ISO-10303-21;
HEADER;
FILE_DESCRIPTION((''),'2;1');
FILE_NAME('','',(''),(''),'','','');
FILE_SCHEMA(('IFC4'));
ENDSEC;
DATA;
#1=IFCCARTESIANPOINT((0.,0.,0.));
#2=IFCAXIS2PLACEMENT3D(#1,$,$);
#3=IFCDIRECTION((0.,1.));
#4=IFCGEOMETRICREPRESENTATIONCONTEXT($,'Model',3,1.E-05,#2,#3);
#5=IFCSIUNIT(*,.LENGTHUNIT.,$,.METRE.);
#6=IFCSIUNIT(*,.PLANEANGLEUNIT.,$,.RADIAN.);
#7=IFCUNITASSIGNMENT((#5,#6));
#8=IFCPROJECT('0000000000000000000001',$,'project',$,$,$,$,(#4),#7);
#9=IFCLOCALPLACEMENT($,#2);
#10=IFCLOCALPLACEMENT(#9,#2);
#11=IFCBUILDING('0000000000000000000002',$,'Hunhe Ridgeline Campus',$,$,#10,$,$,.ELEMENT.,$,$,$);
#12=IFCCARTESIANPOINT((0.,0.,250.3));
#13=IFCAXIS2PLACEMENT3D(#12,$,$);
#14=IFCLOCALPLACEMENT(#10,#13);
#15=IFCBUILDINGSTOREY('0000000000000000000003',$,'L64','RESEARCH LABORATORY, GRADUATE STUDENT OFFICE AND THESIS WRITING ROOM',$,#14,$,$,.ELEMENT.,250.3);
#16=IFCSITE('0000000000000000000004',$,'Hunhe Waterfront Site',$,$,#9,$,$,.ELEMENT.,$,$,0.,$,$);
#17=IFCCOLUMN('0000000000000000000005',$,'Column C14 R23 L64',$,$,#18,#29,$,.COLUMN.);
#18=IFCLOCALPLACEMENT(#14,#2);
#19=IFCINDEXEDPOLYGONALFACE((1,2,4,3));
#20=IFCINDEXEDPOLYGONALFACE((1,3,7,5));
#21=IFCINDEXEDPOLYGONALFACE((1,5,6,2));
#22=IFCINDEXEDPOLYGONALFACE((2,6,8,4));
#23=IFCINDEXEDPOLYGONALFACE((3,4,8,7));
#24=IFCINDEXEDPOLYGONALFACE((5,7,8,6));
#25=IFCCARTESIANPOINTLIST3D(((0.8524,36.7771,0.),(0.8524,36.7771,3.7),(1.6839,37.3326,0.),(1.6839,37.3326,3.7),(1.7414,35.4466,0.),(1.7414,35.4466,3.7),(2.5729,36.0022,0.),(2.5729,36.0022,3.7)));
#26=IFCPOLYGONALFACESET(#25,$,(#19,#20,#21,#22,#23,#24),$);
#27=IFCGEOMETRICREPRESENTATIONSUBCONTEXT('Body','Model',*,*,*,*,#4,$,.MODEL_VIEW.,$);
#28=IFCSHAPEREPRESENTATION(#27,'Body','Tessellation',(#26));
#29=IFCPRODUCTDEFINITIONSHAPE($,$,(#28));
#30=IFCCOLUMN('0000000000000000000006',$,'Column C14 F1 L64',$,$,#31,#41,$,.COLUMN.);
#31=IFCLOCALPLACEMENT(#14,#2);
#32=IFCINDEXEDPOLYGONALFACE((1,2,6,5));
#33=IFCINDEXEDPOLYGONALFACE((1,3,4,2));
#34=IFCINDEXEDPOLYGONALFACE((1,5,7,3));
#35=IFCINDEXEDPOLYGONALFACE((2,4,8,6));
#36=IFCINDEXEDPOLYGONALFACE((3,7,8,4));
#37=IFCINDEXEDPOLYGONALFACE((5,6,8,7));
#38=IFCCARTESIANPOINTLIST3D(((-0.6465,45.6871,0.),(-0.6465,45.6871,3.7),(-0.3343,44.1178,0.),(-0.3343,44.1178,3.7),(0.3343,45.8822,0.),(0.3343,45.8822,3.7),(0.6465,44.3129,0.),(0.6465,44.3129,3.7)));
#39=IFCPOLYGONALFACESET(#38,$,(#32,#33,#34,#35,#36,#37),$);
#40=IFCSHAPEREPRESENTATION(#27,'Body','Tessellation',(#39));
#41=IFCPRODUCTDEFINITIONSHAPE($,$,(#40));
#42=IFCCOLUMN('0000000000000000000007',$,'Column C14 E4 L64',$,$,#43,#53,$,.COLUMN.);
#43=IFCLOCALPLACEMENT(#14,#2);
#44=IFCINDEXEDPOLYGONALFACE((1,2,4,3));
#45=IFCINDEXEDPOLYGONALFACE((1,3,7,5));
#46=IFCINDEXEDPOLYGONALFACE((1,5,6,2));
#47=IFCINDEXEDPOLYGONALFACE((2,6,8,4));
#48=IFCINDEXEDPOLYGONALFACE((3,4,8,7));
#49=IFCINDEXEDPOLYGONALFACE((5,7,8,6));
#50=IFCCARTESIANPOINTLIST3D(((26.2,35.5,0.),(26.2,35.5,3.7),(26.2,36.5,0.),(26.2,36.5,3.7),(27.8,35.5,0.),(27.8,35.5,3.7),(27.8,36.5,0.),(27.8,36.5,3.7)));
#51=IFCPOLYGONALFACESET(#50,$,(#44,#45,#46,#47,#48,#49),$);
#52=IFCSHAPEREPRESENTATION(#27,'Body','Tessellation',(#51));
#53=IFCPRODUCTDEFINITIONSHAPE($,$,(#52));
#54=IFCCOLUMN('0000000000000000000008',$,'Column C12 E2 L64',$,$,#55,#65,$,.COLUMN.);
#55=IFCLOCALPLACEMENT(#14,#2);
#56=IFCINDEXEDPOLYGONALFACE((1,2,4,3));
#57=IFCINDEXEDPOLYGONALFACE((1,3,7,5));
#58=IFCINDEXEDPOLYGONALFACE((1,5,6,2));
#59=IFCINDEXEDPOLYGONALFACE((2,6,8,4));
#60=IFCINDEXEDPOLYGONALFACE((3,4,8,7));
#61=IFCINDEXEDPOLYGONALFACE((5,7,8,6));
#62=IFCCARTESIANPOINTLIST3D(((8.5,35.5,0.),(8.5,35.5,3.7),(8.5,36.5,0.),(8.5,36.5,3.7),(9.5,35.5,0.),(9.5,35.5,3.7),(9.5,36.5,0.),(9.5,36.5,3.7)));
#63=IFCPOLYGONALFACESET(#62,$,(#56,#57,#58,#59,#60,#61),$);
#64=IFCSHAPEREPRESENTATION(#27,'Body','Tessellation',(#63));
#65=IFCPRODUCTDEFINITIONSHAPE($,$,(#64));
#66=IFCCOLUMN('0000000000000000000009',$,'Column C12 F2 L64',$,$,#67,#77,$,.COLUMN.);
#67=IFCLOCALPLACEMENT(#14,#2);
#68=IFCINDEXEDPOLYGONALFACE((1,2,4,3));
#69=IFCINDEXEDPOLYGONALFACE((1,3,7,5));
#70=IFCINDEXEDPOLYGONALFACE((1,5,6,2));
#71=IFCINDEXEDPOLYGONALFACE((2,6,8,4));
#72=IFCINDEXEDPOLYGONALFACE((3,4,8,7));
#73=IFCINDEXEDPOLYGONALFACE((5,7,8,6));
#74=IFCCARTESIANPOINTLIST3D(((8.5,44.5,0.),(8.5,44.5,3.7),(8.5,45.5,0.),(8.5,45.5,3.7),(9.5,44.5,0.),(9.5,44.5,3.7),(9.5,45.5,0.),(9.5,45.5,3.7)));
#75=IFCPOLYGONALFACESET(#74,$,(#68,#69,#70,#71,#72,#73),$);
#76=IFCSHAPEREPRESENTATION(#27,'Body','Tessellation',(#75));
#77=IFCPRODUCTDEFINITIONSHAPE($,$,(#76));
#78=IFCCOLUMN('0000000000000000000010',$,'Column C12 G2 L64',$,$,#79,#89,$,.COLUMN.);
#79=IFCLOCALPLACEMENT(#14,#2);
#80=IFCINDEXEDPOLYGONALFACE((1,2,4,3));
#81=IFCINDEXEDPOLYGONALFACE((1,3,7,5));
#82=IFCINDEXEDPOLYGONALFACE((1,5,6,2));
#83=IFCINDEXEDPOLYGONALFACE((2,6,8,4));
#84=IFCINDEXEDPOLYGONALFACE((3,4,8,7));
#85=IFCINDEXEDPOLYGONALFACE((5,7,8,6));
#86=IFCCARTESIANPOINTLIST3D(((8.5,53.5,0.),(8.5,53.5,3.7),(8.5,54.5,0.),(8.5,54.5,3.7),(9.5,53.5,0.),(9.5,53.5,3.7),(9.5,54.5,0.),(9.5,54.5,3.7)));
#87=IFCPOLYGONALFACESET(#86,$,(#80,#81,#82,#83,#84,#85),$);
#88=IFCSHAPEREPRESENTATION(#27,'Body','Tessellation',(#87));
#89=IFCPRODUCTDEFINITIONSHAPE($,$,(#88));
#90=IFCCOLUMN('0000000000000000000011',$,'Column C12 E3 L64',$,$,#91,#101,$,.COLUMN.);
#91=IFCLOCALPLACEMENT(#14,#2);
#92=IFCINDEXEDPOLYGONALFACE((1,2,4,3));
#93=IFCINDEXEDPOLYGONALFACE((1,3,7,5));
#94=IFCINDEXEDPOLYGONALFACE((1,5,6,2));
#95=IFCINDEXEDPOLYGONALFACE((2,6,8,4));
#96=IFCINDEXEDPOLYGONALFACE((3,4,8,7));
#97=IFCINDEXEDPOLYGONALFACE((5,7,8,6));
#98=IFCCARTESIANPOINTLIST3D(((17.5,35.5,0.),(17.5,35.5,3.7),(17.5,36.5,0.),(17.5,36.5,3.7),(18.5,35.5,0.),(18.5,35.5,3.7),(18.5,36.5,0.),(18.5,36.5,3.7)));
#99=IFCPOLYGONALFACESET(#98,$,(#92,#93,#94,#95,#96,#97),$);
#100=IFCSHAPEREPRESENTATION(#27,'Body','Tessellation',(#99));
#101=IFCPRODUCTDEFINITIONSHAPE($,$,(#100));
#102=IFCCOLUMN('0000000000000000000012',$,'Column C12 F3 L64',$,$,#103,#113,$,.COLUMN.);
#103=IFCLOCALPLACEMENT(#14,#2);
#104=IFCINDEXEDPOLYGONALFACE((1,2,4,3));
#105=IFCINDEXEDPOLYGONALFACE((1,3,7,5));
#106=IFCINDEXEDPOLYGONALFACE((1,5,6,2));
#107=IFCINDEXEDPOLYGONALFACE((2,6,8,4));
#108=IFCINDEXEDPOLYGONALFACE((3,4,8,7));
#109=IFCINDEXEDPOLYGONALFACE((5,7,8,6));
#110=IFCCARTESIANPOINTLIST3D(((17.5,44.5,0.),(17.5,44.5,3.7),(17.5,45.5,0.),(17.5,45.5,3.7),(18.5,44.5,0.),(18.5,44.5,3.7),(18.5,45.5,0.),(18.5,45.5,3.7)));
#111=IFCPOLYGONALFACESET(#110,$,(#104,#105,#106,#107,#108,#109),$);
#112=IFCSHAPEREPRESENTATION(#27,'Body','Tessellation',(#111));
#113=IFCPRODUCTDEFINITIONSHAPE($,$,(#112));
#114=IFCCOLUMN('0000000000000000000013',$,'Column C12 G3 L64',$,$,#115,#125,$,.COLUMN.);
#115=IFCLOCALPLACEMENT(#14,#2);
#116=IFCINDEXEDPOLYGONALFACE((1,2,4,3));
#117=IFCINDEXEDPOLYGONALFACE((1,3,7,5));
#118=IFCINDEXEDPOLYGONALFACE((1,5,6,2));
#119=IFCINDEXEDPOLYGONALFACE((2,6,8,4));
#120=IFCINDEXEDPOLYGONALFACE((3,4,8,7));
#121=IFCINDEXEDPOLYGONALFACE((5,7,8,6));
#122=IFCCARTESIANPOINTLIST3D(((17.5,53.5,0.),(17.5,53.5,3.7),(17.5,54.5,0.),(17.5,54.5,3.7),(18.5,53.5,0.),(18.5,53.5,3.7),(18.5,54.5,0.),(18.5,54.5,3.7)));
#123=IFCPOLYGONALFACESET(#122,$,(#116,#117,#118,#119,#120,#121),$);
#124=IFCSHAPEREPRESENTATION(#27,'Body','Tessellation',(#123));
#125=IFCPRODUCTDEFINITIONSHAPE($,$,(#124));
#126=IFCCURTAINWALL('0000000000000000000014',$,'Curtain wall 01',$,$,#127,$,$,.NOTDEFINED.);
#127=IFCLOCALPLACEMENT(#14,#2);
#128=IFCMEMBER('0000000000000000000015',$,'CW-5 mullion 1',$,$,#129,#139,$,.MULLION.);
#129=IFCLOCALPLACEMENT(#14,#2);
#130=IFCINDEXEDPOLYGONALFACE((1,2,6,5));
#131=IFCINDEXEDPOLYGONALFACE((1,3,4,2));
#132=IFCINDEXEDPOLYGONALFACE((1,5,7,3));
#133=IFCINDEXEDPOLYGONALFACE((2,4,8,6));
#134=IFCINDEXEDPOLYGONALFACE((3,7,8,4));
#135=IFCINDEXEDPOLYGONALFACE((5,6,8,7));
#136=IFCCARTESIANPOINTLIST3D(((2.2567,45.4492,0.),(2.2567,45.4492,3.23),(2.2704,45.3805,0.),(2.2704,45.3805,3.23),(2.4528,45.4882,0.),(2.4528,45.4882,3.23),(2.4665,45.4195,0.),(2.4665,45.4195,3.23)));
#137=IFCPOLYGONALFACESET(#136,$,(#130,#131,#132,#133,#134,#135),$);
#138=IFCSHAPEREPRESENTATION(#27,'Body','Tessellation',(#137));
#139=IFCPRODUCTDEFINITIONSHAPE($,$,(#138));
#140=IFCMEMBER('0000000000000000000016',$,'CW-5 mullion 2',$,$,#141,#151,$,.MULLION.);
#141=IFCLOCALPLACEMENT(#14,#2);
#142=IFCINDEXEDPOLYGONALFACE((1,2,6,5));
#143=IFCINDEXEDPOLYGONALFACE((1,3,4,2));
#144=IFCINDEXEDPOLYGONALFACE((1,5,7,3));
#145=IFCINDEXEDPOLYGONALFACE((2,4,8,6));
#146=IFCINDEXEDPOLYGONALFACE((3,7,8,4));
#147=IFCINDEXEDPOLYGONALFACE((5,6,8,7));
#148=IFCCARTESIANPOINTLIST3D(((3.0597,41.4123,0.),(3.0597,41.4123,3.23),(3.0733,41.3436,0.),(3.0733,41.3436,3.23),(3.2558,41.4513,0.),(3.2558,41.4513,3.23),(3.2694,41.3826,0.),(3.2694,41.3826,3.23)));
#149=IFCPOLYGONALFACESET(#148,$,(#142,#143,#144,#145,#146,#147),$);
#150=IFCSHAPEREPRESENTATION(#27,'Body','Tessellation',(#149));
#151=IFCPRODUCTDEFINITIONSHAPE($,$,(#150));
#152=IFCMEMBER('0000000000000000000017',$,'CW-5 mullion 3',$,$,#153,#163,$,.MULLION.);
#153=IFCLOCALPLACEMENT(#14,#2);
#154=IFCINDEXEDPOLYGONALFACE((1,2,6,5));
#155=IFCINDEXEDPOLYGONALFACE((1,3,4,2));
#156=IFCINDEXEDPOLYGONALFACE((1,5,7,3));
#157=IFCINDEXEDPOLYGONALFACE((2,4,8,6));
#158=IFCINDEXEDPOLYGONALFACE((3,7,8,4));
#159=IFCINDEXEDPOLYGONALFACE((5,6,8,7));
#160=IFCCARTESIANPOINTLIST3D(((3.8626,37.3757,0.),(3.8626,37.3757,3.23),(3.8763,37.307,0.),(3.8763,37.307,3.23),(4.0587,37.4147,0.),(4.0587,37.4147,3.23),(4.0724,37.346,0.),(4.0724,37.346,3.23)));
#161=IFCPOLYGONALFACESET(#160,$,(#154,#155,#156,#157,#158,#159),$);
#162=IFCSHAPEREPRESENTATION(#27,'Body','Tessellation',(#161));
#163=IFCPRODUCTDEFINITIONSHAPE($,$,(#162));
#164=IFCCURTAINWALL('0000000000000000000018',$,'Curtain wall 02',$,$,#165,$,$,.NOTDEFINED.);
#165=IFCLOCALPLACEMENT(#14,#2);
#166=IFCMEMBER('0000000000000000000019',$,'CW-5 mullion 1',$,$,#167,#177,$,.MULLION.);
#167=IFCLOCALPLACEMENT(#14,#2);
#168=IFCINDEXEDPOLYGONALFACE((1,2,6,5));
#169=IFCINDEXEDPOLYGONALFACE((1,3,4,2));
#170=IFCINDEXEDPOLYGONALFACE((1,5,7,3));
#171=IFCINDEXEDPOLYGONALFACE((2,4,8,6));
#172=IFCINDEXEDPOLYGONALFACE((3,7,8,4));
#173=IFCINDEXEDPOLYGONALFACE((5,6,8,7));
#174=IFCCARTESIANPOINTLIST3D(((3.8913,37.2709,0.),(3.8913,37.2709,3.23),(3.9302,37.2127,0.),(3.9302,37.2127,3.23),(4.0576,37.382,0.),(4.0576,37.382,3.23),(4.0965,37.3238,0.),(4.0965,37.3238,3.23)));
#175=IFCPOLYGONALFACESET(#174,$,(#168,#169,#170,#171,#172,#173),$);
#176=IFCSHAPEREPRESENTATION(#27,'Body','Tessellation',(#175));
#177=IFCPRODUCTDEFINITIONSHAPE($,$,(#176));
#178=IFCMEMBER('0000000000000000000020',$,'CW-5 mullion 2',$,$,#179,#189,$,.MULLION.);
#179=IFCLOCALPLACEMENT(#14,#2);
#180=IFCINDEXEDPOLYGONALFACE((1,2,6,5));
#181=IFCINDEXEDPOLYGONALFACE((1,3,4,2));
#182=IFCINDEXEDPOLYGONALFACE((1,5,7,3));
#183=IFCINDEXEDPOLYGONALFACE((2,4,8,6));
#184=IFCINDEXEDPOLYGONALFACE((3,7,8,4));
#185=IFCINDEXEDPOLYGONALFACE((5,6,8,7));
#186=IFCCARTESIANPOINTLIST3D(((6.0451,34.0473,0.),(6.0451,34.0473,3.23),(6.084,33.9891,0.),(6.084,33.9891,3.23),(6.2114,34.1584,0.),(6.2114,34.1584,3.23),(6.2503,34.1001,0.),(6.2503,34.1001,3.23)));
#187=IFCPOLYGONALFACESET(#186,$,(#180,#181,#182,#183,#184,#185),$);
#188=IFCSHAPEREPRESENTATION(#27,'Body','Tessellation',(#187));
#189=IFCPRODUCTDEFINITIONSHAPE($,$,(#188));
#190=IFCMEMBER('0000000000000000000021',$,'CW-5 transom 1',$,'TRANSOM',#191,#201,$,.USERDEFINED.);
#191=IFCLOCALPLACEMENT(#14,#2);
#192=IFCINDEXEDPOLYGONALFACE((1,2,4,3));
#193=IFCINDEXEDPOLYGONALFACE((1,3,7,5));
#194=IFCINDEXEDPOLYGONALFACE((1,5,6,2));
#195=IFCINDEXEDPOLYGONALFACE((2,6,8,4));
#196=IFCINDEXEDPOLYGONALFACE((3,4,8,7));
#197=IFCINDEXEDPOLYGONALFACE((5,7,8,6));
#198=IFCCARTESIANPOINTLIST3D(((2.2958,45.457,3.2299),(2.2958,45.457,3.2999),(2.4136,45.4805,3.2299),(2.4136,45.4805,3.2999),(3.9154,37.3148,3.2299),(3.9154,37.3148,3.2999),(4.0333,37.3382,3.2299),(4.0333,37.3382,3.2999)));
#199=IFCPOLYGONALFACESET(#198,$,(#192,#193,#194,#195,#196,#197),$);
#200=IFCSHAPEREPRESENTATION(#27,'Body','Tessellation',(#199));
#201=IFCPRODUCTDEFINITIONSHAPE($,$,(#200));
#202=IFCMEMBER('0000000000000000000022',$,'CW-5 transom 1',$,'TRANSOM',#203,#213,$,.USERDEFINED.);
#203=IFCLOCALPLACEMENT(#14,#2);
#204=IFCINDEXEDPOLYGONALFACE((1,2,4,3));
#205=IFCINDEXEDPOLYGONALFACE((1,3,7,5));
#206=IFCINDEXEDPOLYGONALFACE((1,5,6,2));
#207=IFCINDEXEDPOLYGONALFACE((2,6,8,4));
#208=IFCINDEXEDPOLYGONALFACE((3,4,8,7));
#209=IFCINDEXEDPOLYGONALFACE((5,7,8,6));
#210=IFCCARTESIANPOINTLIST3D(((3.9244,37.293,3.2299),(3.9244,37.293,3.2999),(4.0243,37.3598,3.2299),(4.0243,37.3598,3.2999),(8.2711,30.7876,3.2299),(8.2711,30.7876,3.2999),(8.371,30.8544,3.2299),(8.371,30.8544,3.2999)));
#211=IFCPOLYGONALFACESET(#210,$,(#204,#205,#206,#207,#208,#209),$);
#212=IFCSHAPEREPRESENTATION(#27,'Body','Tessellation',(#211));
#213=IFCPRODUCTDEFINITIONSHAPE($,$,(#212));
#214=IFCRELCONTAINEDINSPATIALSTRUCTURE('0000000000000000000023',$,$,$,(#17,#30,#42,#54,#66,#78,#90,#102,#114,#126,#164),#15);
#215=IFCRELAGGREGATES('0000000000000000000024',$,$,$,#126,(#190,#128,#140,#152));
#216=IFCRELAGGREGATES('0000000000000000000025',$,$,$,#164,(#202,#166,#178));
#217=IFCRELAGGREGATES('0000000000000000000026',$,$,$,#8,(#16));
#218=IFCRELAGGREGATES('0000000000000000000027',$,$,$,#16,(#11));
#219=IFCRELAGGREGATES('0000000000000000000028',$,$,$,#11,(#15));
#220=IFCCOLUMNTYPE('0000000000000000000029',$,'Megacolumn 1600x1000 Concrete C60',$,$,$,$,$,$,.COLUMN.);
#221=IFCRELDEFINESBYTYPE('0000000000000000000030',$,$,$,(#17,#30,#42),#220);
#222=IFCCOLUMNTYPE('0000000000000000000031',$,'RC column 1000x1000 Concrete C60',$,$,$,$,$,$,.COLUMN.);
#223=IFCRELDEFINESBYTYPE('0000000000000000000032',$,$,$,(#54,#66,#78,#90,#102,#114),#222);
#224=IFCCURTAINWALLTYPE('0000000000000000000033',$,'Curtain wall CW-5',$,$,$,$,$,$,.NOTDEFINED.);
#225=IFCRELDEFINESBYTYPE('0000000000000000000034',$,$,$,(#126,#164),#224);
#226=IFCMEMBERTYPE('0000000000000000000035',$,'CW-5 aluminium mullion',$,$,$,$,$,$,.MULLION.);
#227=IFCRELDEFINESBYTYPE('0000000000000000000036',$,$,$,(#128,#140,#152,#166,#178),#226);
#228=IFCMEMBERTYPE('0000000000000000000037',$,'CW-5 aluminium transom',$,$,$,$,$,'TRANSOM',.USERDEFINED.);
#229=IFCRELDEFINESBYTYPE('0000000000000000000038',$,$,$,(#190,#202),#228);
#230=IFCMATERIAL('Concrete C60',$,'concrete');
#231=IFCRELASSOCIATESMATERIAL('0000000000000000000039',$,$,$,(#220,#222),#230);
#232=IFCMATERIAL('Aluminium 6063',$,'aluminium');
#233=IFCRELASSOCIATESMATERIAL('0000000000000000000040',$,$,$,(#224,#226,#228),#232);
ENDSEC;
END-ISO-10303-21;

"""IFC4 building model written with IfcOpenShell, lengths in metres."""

from ifc_helpers import new_model, si_unit, direction, frame, origin, origin_2d, place, context, subcontext, project, spatial, rectangle, extrude, material, material_profile, profile_set, type_object, element, aggregate, save


model = new_model("IFC4")

# Units and contexts
model_context = context("Model", 3, precision=1e-05, world=origin(), true_north=direction((0.0, 1.0)))
body_context = subcontext(model_context, "Body", "Model", "MODEL_VIEW")
ifc_project = project(units=[si_unit("LENGTHUNIT", "METRE"), si_unit("PLANEANGLEUNIT", "RADIAN")], contexts=[model_context])

# Site, building, storey
site_placement = place(None, origin())
site = spatial("IfcSite", under=ifc_project, at=site_placement, Name="Hunhe Waterfront Site", CompositionType="ELEMENT", RefElevation=0.0)
building_placement = place(site_placement, origin())
building = spatial("IfcBuilding", under=site, at=building_placement, Name="Hunhe Ridgeline Campus", CompositionType="ELEMENT")
storey_placement = place(building_placement, frame((0.0, 0.0, 250.3)))
storey = spatial("IfcBuildingStorey", under=building, at=storey_placement, Name="L64", Description="RESEARCH LABORATORY, GRADUATE STUDENT OFFICE AND THESIS WRITING ROOM", CompositionType="ELEMENT", Elevation=250.3)

# Columns
ifc_material_1 = material(Name="Concrete C60", Category="concrete")
ifc_material_profile_1 = material_profile(ifc_material_1, rectangle(XDim=1.6001, YDim=1.0, at=origin_2d()))
ifc_profile_set_1 = profile_set([ifc_material_profile_1], Name="Concrete C60")
column_type_1 = type_object("IfcColumnType", Name="Megacolumn 1600x1000 Concrete C60", PredefinedType="COLUMN", material=ifc_profile_set_1)
for number, where, z_axis, x_axis, name in (
    (1, (1.7126, 36.3896, 0.0), (0.0, 0.0, 1.0), (-0.55557, 0.83147, 0.0), "Column C14 R23 L64"),
    (2, (0.0, 45.0, 0.0), (0.0, 0.0, 1.0), (-0.19509, 0.980785, 0.0), "Column C14 F1 L64"),
    (3, (27.0, 36.0, 0.0), (0.0, 0.0, 1.0), (1.0, 0.0, 0.0), "Column C14 E4 L64"),
):
    element("IfcColumn", number, at=place(storey_placement, frame(where, z_axis=z_axis, x_axis=x_axis)), inside=storey, type_object=column_type_1, Name=name, PredefinedType="COLUMN", context=body_context, shape_type="SweptSolid", body=[
        extrude(rectangle(XDim=1.6001, YDim=1.0, at=origin_2d()), origin(), (0.0, 0.0, 1.0), 3.7),
    ])
ifc_material_profile_2 = material_profile(ifc_material_1, rectangle(XDim=1.0, YDim=1.0, at=origin_2d()))
ifc_profile_set_2 = profile_set([ifc_material_profile_2], Name="Concrete C60")
column_type_2 = type_object("IfcColumnType", Name="RC column 1000x1000 Concrete C60", PredefinedType="COLUMN", material=ifc_profile_set_2)
for number, where, z_axis, x_axis, name in (
    (4, (9.0, 36.0, 0.0), (0.0, 0.0, 1.0), (1.0, 0.0, 0.0), "Column C12 E2 L64"),
    (5, (9.0, 45.0, 0.0), (0.0, 0.0, 1.0), (1.0, 0.0, 0.0), "Column C12 F2 L64"),
    (6, (9.0, 54.0, 0.0), (0.0, 0.0, 1.0), (1.0, 0.0, 0.0), "Column C12 G2 L64"),
    (7, (18.0, 36.0, 0.0), (0.0, 0.0, 1.0), (1.0, 0.0, 0.0), "Column C12 E3 L64"),
    (8, (18.0, 45.0, 0.0), (0.0, 0.0, 1.0), (1.0, 0.0, 0.0), "Column C12 F3 L64"),
    (9, (18.0, 54.0, 0.0), (0.0, 0.0, 1.0), (1.0, 0.0, 0.0), "Column C12 G3 L64"),
):
    element("IfcColumn", number, at=place(storey_placement, frame(where, z_axis=z_axis, x_axis=x_axis)), inside=storey, type_object=column_type_2, Name=name, PredefinedType="COLUMN", context=body_context, shape_type="SweptSolid", body=[
        extrude(rectangle(XDim=1.0, YDim=1.0, at=origin_2d()), origin(), (0.0, 0.0, 1.0), 3.7),
    ])

# Curtain walls, members
ifc_material_2 = material(Name="Aluminium 6063", Category="aluminium")
curtain_wall_type = type_object("IfcCurtainWallType", Name="Curtain wall CW-5", PredefinedType="NOTDEFINED", material=ifc_material_2)
curtain_wall_1_placement = place(storey_placement, origin())
curtain_wall_1 = element("IfcCurtainWall", 10, at=curtain_wall_1_placement, inside=storey, type_object=curtain_wall_type, Name="Curtain wall 01", PredefinedType="NOTDEFINED")
ifc_material_profile_3 = material_profile(ifc_material_2, rectangle(XDim=0.2, YDim=0.0701, at=origin_2d()))
ifc_profile_set_3 = profile_set([ifc_material_profile_3], Name="Aluminium 6063")
member_type_1 = type_object("IfcMemberType", Name="CW-5 aluminium mullion", PredefinedType="MULLION", material=ifc_profile_set_3)
member_1_placement = place(storey_placement, frame((2.3616, 45.4343, 0.0), z_axis=(0.0, 0.0, 1.0), x_axis=(0.980784, 0.195095, 0.0)))
member_1 = element("IfcMember", 11, at=member_1_placement, type_object=member_type_1, Name="CW-5 mullion 1", PredefinedType="MULLION", context=body_context, shape_type="SweptSolid", body=[
    extrude(rectangle(XDim=0.2, YDim=0.0701, at=origin_2d()), origin(), (0.0, 0.0, 1.0), 3.23),
])
member_2_placement = place(storey_placement, frame((3.1646, 41.3975, 0.0), z_axis=(0.0, 0.0, 1.0), x_axis=(0.980784, 0.195095, 0.0)))
member_2 = element("IfcMember", 12, at=member_2_placement, type_object=member_type_1, Name="CW-5 mullion 2", PredefinedType="MULLION", context=body_context, shape_type="SweptSolid", body=[
    extrude(rectangle(XDim=0.2, YDim=0.0701, at=origin_2d()), origin(), (0.0, 0.0, 1.0), 3.23),
])
member_3_placement = place(storey_placement, frame((3.9675, 37.3608, 0.0), z_axis=(0.0, 0.0, 1.0), x_axis=(0.980784, 0.195095, 0.0)))
member_3 = element("IfcMember", 13, at=member_3_placement, type_object=member_type_1, Name="CW-5 mullion 3", PredefinedType="MULLION", context=body_context, shape_type="SweptSolid", body=[
    extrude(rectangle(XDim=0.2, YDim=0.0701, at=origin_2d()), origin(), (0.0, 0.0, 1.0), 3.23),
])
curtain_wall_2_placement = place(storey_placement, origin())
curtain_wall_2 = element("IfcCurtainWall", 14, at=curtain_wall_2_placement, inside=storey, type_object=curtain_wall_type, Name="Curtain wall 02", PredefinedType="NOTDEFINED")
member_4_placement = place(storey_placement, frame((3.9939, 37.2974, 0.0), z_axis=(0.0, 0.0, 1.0), x_axis=(0.83147, 0.55557, 0.0)))
member_4 = element("IfcMember", 15, at=member_4_placement, type_object=member_type_1, Name="CW-5 mullion 1", PredefinedType="MULLION", context=body_context, shape_type="SweptSolid", body=[
    extrude(rectangle(XDim=0.2, YDim=0.0701, at=origin_2d()), origin(), (0.0, 0.0, 1.0), 3.23),
])
member_5_placement = place(storey_placement, frame((6.1477, 34.0737, 0.0), z_axis=(0.0, 0.0, 1.0), x_axis=(0.83147, 0.55557, 0.0)))
member_5 = element("IfcMember", 16, at=member_5_placement, type_object=member_type_1, Name="CW-5 mullion 2", PredefinedType="MULLION", context=body_context, shape_type="SweptSolid", body=[
    extrude(rectangle(XDim=0.2, YDim=0.0701, at=origin_2d()), origin(), (0.0, 0.0, 1.0), 3.23),
])

# Members
ifc_material_profile_4 = material_profile(ifc_material_2, rectangle(XDim=0.1201, YDim=0.0701, at=origin_2d()))
ifc_profile_set_4 = profile_set([ifc_material_profile_4], Name="Aluminium 6063")
member_type_2 = type_object("IfcMemberType", Name="CW-5 aluminium transom", ElementType="TRANSOM", PredefinedType="USERDEFINED", material=ifc_profile_set_4)
member_6_placement = place(storey_placement, frame((2.3547, 45.4688, 3.2649), z_axis=(0.195092, -0.980785, 0.0), x_axis=(0.980785, 0.195092, 0.0)))
member_6 = element("IfcMember", 17, at=member_6_placement, type_object=member_type_2, Name="CW-5 transom 1", ObjectType="TRANSOM", PredefinedType="USERDEFINED", context=body_context, shape_type="SweptSolid", body=[
    extrude(rectangle(XDim=0.1201, YDim=0.0701, at=origin_2d()), origin(), (0.0, 0.0, 1.0), 8.3018),
])
member_7_placement = place(storey_placement, frame((3.9744, 37.3264, 3.2649), z_axis=(0.555564, -0.831474, 0.0), x_axis=(0.831474, 0.555564, 0.0)))
member_7 = element("IfcMember", 18, at=member_7_placement, type_object=member_type_2, Name="CW-5 transom 1", ObjectType="TRANSOM", PredefinedType="USERDEFINED", context=body_context, shape_type="SweptSolid", body=[
    extrude(rectangle(XDim=0.1201, YDim=0.0701, at=origin_2d()), origin(), (0.0, 0.0, 1.0), 7.824),
])

aggregate(curtain_wall_1, [member_6, member_1, member_2, member_3])
aggregate(curtain_wall_2, [member_7, member_4, member_5])

save(model, "model.ifc")
